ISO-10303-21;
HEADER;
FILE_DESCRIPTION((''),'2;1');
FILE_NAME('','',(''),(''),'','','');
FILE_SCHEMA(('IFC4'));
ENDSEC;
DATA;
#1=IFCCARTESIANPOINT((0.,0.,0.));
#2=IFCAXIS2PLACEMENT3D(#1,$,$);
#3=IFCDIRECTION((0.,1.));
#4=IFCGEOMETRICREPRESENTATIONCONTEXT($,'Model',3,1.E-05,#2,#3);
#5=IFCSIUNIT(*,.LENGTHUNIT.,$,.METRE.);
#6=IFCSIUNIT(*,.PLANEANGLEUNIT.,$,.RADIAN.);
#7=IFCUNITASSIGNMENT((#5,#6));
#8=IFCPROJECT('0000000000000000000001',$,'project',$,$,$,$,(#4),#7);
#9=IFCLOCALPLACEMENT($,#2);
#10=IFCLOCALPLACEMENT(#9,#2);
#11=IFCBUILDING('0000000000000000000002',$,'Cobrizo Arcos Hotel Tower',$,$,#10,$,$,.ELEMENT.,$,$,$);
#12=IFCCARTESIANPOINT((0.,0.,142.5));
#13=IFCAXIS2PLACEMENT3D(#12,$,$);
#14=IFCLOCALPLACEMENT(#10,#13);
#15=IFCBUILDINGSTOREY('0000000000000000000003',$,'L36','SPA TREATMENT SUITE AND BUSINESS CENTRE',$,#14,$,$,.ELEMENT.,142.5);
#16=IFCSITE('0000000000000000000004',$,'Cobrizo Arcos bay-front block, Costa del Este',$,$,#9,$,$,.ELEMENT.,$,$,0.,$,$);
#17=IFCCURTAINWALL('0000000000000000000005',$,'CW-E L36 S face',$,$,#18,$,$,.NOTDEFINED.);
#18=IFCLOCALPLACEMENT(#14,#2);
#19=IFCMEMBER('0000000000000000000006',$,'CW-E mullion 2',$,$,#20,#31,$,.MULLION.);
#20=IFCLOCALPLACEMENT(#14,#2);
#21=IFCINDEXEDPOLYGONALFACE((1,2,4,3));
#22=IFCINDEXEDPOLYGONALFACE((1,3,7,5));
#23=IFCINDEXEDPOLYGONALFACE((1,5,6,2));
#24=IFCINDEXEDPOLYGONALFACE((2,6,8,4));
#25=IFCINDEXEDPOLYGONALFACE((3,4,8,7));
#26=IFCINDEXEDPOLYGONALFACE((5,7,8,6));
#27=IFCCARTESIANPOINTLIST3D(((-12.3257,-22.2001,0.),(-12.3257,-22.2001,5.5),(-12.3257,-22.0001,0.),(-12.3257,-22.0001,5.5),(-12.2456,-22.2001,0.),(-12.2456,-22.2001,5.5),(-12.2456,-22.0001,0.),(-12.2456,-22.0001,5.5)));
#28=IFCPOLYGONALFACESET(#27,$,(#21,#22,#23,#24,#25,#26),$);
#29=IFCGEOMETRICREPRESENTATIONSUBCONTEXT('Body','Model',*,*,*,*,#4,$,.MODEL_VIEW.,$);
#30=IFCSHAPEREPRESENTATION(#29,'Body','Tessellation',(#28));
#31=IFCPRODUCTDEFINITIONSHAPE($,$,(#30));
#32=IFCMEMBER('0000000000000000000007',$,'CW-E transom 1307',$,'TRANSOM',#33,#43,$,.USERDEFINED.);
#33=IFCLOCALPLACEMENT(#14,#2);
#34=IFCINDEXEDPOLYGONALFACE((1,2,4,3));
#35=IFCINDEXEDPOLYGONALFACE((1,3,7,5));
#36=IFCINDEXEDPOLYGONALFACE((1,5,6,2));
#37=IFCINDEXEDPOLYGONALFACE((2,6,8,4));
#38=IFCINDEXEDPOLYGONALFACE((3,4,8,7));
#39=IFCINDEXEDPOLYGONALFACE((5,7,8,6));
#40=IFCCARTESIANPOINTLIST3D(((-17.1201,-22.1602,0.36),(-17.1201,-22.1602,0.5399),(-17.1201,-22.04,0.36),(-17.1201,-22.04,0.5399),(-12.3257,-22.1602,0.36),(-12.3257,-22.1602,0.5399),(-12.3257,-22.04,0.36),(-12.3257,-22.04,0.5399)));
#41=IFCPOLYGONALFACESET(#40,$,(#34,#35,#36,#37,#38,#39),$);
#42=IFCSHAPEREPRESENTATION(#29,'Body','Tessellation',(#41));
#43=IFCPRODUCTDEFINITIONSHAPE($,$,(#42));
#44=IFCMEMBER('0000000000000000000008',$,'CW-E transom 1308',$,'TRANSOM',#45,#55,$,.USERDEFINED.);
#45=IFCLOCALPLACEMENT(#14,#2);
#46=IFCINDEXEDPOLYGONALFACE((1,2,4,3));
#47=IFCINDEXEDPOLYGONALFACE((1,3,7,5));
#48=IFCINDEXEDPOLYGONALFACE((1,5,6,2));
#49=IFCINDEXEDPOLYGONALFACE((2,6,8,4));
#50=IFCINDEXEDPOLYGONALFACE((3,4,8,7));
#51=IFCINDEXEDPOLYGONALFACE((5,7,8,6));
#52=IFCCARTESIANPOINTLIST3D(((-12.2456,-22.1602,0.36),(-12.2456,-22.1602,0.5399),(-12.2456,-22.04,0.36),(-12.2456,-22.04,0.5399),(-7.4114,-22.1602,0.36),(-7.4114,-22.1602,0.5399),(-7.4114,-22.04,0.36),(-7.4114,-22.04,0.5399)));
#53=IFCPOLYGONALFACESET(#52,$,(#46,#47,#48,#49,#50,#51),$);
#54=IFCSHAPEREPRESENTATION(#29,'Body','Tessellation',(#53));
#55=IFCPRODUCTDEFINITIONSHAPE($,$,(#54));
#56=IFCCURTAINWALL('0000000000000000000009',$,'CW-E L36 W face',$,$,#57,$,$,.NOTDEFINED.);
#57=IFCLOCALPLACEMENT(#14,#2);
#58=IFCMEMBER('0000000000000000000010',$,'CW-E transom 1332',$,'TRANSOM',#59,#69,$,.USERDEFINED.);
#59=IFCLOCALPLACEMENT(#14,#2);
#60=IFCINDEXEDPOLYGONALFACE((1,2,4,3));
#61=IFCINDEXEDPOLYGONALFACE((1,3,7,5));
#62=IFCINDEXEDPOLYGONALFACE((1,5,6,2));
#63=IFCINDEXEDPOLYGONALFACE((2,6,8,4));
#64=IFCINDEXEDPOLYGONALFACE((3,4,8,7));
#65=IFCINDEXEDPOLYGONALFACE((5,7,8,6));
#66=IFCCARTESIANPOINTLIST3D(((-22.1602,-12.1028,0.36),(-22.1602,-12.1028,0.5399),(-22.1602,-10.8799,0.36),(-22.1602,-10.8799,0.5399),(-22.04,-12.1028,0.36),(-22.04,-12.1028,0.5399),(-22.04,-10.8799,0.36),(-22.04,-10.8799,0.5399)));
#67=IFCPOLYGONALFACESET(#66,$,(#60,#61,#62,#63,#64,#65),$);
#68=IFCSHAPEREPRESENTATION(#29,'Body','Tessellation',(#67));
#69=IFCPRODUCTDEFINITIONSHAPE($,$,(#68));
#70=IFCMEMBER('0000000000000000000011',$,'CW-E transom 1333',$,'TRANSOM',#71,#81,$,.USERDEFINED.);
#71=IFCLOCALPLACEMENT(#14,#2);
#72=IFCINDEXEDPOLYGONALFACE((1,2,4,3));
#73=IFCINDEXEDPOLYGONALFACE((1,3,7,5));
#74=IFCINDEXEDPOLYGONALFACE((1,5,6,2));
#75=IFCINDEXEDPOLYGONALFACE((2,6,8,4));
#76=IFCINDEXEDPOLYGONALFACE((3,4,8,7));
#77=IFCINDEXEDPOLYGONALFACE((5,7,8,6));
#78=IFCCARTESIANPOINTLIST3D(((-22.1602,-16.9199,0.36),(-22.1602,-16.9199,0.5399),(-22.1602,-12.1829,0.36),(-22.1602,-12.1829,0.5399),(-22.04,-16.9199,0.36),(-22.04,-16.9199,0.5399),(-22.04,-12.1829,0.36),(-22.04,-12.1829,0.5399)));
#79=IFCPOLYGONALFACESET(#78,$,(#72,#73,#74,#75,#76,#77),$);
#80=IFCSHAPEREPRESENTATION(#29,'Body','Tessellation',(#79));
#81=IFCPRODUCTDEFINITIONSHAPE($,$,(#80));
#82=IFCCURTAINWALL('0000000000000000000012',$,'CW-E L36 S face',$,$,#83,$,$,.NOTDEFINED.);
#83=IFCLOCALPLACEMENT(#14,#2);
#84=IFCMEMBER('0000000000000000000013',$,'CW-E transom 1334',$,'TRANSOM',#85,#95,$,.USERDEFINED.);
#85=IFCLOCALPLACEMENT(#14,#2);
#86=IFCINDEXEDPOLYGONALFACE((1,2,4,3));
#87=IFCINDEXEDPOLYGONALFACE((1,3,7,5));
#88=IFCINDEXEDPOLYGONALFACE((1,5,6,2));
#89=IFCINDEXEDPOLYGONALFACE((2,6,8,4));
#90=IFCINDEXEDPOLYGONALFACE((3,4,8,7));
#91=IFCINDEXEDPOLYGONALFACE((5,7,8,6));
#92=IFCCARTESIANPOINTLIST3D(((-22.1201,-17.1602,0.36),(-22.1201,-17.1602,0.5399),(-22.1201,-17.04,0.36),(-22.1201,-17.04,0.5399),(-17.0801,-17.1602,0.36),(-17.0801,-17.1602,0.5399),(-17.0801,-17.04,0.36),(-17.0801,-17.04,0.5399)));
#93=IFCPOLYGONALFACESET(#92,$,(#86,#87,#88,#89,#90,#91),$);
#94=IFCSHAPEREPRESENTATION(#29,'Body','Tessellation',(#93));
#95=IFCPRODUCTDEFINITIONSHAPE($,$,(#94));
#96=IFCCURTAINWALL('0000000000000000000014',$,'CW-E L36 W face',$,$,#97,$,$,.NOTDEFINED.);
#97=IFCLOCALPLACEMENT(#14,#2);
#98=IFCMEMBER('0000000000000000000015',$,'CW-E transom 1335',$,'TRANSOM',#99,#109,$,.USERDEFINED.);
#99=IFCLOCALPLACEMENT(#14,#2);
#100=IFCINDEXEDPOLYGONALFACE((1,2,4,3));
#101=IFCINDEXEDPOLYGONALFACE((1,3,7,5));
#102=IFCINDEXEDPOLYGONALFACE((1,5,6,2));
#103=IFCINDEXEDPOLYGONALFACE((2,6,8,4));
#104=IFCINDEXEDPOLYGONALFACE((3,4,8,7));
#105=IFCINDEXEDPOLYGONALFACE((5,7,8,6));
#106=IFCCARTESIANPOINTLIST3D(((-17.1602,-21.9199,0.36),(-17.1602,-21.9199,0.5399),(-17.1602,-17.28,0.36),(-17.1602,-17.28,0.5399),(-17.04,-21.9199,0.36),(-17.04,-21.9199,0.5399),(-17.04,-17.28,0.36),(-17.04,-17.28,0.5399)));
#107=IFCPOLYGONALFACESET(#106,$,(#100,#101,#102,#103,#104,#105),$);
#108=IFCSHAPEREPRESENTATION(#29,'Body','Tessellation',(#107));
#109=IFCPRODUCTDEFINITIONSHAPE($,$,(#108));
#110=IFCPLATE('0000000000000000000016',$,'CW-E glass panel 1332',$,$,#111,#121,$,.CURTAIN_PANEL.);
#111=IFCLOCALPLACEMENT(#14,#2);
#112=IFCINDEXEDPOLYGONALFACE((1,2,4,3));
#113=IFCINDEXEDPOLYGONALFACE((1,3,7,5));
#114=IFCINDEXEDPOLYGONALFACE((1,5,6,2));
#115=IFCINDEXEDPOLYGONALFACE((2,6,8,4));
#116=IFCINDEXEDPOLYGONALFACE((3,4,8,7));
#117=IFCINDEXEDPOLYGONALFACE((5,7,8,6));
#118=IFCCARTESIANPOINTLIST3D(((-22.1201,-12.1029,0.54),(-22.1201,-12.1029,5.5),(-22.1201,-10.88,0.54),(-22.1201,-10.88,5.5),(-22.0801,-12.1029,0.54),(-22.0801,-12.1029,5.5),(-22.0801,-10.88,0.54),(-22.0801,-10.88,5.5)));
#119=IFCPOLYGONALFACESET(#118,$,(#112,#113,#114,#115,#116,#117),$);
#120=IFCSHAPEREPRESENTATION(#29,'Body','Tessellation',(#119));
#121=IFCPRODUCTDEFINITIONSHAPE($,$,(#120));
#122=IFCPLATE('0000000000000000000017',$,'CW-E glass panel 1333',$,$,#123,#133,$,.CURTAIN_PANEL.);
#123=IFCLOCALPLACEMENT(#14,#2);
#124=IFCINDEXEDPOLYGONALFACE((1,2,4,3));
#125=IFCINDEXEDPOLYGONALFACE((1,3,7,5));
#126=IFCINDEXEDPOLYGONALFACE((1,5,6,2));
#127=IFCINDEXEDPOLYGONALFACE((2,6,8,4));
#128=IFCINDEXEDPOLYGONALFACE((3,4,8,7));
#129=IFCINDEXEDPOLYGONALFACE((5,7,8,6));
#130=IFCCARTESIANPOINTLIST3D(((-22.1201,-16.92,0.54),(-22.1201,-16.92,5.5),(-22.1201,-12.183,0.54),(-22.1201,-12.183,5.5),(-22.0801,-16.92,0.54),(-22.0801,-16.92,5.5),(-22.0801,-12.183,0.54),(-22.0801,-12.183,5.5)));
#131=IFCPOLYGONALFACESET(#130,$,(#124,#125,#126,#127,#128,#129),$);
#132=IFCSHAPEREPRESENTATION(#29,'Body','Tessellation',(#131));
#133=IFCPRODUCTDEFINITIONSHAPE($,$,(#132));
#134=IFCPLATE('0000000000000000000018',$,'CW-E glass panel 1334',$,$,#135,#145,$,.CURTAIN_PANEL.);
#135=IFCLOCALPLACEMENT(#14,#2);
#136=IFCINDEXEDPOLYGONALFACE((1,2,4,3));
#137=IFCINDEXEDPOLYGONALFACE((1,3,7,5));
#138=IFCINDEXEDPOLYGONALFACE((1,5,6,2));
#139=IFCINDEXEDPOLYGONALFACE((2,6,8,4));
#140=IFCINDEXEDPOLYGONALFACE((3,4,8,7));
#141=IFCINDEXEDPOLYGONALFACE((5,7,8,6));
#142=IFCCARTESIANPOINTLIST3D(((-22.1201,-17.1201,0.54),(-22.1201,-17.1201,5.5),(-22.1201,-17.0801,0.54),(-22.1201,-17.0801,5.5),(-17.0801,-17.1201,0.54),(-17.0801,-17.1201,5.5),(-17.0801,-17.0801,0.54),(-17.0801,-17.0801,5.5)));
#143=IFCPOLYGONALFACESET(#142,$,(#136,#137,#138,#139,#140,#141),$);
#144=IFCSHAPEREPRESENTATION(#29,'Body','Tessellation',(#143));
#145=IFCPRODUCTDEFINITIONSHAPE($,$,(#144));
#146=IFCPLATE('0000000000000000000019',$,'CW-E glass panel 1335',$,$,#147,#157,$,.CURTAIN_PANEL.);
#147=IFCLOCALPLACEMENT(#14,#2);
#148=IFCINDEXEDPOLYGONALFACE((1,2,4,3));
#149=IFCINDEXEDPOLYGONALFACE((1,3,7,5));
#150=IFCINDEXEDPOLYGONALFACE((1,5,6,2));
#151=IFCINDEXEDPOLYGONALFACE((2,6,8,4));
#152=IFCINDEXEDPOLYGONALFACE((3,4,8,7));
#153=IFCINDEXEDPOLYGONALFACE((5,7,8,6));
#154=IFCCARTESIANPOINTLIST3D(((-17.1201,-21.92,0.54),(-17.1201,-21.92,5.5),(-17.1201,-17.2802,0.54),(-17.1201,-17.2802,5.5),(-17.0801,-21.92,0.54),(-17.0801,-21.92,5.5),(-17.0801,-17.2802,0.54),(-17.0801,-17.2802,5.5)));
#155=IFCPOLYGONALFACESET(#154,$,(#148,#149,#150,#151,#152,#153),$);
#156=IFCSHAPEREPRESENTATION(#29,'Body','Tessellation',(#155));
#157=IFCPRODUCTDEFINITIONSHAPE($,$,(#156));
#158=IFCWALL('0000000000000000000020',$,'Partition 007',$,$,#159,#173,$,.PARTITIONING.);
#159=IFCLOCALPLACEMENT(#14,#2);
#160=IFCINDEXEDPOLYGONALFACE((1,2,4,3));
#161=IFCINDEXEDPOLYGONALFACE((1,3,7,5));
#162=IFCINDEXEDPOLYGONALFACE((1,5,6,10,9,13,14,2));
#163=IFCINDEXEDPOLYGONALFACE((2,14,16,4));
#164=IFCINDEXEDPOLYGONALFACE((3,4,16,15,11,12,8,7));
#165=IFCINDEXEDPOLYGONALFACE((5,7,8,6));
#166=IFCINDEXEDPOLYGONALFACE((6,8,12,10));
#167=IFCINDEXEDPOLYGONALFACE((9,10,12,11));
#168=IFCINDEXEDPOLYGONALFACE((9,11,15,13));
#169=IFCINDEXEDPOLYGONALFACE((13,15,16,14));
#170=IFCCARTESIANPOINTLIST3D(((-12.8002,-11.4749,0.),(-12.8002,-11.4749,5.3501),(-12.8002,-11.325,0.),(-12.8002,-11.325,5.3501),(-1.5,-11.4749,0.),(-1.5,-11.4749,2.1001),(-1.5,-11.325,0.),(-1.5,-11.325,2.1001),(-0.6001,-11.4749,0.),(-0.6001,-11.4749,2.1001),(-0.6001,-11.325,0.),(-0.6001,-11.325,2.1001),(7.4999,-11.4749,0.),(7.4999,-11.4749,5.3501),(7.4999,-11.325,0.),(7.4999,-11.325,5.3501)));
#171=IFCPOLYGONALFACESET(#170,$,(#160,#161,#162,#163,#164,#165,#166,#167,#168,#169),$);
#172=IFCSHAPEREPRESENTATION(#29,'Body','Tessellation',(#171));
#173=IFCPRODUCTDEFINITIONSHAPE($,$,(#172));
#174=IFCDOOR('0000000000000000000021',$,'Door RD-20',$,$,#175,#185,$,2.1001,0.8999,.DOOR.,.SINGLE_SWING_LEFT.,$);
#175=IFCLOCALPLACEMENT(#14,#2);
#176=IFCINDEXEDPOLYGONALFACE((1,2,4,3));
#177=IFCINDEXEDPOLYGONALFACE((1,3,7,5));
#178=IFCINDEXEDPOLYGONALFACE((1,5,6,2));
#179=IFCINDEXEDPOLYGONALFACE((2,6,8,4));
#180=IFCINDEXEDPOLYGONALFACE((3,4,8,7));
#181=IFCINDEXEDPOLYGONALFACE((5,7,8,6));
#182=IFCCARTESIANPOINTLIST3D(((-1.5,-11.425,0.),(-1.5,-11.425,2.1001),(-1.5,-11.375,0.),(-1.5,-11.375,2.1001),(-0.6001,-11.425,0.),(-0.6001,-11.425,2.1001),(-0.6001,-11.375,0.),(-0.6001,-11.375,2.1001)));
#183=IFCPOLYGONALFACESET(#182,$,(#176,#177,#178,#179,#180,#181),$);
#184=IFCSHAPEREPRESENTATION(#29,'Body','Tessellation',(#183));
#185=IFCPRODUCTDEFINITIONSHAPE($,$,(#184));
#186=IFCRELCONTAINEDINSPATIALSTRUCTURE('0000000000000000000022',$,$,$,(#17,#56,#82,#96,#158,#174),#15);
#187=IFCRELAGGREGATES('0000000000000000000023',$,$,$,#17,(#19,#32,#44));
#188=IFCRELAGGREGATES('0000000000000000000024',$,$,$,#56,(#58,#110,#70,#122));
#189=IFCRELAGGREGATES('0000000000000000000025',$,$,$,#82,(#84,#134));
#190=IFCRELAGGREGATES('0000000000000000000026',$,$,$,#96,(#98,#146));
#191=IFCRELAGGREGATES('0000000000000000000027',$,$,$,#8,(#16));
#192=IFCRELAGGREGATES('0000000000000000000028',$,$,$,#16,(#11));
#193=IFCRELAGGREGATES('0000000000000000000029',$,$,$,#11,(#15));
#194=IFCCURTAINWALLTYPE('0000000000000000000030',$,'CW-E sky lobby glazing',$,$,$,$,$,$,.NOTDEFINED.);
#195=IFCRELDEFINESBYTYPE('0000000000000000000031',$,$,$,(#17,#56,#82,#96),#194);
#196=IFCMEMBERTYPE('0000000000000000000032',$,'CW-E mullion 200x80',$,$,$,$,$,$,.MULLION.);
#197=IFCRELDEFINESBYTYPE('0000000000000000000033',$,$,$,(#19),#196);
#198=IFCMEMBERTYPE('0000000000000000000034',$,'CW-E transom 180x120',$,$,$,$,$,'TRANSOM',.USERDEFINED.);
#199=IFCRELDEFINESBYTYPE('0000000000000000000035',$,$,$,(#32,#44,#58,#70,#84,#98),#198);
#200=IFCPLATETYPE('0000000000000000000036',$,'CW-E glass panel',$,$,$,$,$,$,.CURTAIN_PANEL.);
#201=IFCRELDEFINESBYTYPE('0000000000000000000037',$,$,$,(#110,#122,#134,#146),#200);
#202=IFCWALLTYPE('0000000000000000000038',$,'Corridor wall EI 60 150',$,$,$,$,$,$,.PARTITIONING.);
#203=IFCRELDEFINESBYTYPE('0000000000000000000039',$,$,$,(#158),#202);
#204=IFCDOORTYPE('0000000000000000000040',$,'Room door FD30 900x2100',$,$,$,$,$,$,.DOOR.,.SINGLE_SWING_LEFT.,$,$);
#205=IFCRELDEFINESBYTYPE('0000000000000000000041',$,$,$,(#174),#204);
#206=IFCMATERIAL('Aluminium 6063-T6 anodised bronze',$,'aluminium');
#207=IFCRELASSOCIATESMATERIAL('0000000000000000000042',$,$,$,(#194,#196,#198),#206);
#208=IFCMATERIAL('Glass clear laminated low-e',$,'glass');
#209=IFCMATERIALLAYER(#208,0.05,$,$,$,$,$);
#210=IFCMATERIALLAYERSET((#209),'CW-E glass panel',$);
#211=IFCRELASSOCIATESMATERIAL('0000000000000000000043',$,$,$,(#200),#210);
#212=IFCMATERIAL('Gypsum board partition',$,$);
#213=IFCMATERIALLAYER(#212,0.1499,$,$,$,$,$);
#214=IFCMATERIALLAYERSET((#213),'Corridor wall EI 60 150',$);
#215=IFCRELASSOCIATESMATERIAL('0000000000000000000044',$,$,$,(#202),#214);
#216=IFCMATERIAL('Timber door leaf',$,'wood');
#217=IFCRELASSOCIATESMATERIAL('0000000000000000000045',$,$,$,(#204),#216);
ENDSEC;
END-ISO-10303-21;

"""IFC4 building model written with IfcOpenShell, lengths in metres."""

from ifc_helpers import new_model, si_unit, direction, frame, frame_2d, origin, origin_2d, place, context, subcontext, project, spatial, rectangle, extrude, material, layer, layer_set, material_profile, profile_set, type_object, element, fill, aggregate, save


model = new_model("IFC4")

# Units and contexts
model_context = context("Model", 3, precision=1e-05, world=origin(), true_north=direction((0.0, 1.0)))
body_context = subcontext(model_context, "Body", "Model", "MODEL_VIEW")
ifc_project = project(units=[si_unit("LENGTHUNIT", "METRE"), si_unit("PLANEANGLEUNIT", "RADIAN")], contexts=[model_context])

# Site, building, storey
site_placement = place(None, origin())
site = spatial("IfcSite", under=ifc_project, at=site_placement, Name="Cobrizo Arcos bay-front block, Costa del Este", CompositionType="ELEMENT", RefElevation=0.0)
building_placement = place(site_placement, origin())
building = spatial("IfcBuilding", under=site, at=building_placement, Name="Cobrizo Arcos Hotel Tower", CompositionType="ELEMENT")
storey_placement = place(building_placement, frame((0.0, 0.0, 142.5)))
storey = spatial("IfcBuildingStorey", under=building, at=storey_placement, Name="L36", Description="SPA TREATMENT SUITE AND BUSINESS CENTRE", CompositionType="ELEMENT", Elevation=142.5)

# Curtain walls, members
ifc_material_1 = material(Name="Aluminium 6063-T6 anodised bronze", Category="aluminium")
curtain_wall_type = type_object("IfcCurtainWallType", Name="CW-E sky lobby glazing", PredefinedType="NOTDEFINED", material=ifc_material_1)
curtain_wall_1_placement = place(storey_placement, origin())
curtain_wall_1 = element("IfcCurtainWall", 1, at=curtain_wall_1_placement, inside=storey, type_object=curtain_wall_type, Name="CW-E L36 S face", PredefinedType="NOTDEFINED")
ifc_material_profile_1 = material_profile(ifc_material_1, rectangle(XDim=0.2, YDim=0.0801, at=origin_2d()), Name="CW-E mullion 200x80")
ifc_profile_set_1 = profile_set([ifc_material_profile_1], Name="Aluminium 6063-T6 anodised bronze")
member_type_1 = type_object("IfcMemberType", Name="CW-E mullion 200x80", PredefinedType="MULLION", material=ifc_profile_set_1)
member_1_placement = place(storey_placement, frame((-12.2856, -22.1001, 0.0), z_axis=(0.0, 0.0, 1.0), x_axis=(0.0, -1.0, 0.0)))
member_1 = element("IfcMember", 2, at=member_1_placement, type_object=member_type_1, Name="CW-E mullion 2", PredefinedType="MULLION", context=body_context, shape_type="SweptSolid", body=[
    extrude(rectangle(XDim=0.2, YDim=0.0801, at=origin_2d()), origin(), (0.0, 0.0, 1.0), 5.5),
])
ifc_material_profile_2 = material_profile(ifc_material_1, rectangle(XDim=0.1201, YDim=0.1799, at=origin_2d()), Name="CW-E transom 180x120")
ifc_profile_set_2 = profile_set([ifc_material_profile_2], Name="Aluminium 6063-T6 anodised bronze")
member_type_2 = type_object("IfcMemberType", Name="CW-E transom 180x120", ElementType="TRANSOM", PredefinedType="USERDEFINED", material=ifc_profile_set_2)
member_2_placement = place(storey_placement, frame((-17.1201, -22.1001, 0.45), z_axis=(1.0, 0.0, 0.0), x_axis=(0.0, 1.0, 0.0)))
member_2 = element("IfcMember", 3, at=member_2_placement, type_object=member_type_2, Name="CW-E transom 1307", ObjectType="TRANSOM", PredefinedType="USERDEFINED", context=body_context, shape_type="SweptSolid", body=[
    extrude(rectangle(XDim=0.1201, YDim=0.1799, at=origin_2d()), origin(), (0.0, 0.0, 1.0), 4.7944),
])
member_3_placement = place(storey_placement, frame((-12.2456, -22.1001, 0.45), z_axis=(1.0, 0.0, 0.0), x_axis=(0.0, 1.0, 0.0)))
member_3 = element("IfcMember", 4, at=member_3_placement, type_object=member_type_2, Name="CW-E transom 1308", ObjectType="TRANSOM", PredefinedType="USERDEFINED", context=body_context, shape_type="SweptSolid", body=[
    extrude(rectangle(XDim=0.1201, YDim=0.1799, at=origin_2d()), origin(), (0.0, 0.0, 1.0), 4.8342),
])
aggregate(curtain_wall_1, [member_1, member_2, member_3])
curtain_wall_2_placement = place(storey_placement, origin())
curtain_wall_2 = element("IfcCurtainWall", 5, at=curtain_wall_2_placement, inside=storey, type_object=curtain_wall_type, Name="CW-E L36 W face", PredefinedType="NOTDEFINED")
member_4_placement = place(storey_placement, frame((-22.1001, -10.8799, 0.45), z_axis=(0.0, -1.0, 0.0), x_axis=(1.0, 0.0, 0.0)))
member_4 = element("IfcMember", 6, at=member_4_placement, type_object=member_type_2, Name="CW-E transom 1332", ObjectType="TRANSOM", PredefinedType="USERDEFINED", context=body_context, shape_type="SweptSolid", body=[
    extrude(rectangle(XDim=0.1201, YDim=0.1799, at=origin_2d()), origin(), (0.0, 0.0, 1.0), 1.2229),
])
member_5_placement = place(storey_placement, frame((-22.1001, -12.1829, 0.45), z_axis=(0.0, -1.0, 0.0), x_axis=(1.0, 0.0, 0.0)))
member_5 = element("IfcMember", 7, at=member_5_placement, type_object=member_type_2, Name="CW-E transom 1333", ObjectType="TRANSOM", PredefinedType="USERDEFINED", context=body_context, shape_type="SweptSolid", body=[
    extrude(rectangle(XDim=0.1201, YDim=0.1799, at=origin_2d()), origin(), (0.0, 0.0, 1.0), 4.7371),
])

# Curtain walls, members
curtain_wall_3_placement = place(storey_placement, origin())
curtain_wall_3 = element("IfcCurtainWall", 8, at=curtain_wall_3_placement, inside=storey, type_object=curtain_wall_type, Name="CW-E L36 S face", PredefinedType="NOTDEFINED")
member_6_placement = place(storey_placement, frame((-22.1201, -17.1001, 0.45), z_axis=(1.0, 0.0, 0.0), x_axis=(0.0, 1.0, 0.0)))
member_6 = element("IfcMember", 9, at=member_6_placement, type_object=member_type_2, Name="CW-E transom 1334", ObjectType="TRANSOM", PredefinedType="USERDEFINED", context=body_context, shape_type="SweptSolid", body=[
    extrude(rectangle(XDim=0.1201, YDim=0.1799, at=origin_2d()), origin(), (0.0, 0.0, 1.0), 5.04),
])
curtain_wall_4_placement = place(storey_placement, origin())
curtain_wall_4 = element("IfcCurtainWall", 10, at=curtain_wall_4_placement, inside=storey, type_object=curtain_wall_type, Name="CW-E L36 W face", PredefinedType="NOTDEFINED")
member_7_placement = place(storey_placement, frame((-17.1001, -17.28, 0.45), z_axis=(0.0, -1.0, 0.0), x_axis=(1.0, 0.0, 0.0)))
member_7 = element("IfcMember", 11, at=member_7_placement, type_object=member_type_2, Name="CW-E transom 1335", ObjectType="TRANSOM", PredefinedType="USERDEFINED", context=body_context, shape_type="SweptSolid", body=[
    extrude(rectangle(XDim=0.1201, YDim=0.1799, at=origin_2d()), origin(), (0.0, 0.0, 1.0), 4.6399),
])

# Plates
ifc_material_2 = material(Name="Glass clear laminated low-e", Category="glass")
ifc_layer_1 = layer(ifc_material_2, 0.05)
ifc_layer_set_1 = layer_set([ifc_layer_1], Name="CW-E glass panel")
plate_type = type_object("IfcPlateType", Name="CW-E glass panel", PredefinedType="CURTAIN_PANEL", material=ifc_layer_set_1)
plate_1_placement = place(storey_placement, frame((-22.1001, -11.4915, 0.54), z_axis=(0.0, 0.0, 1.0), x_axis=(0.0, -1.0, 0.0)))
plate_1 = element("IfcPlate", 12, at=plate_1_placement, type_object=plate_type, Name="CW-E glass panel 1332", PredefinedType="CURTAIN_PANEL", context=body_context, shape_type="SweptSolid", body=[
    extrude(rectangle(XDim=1.2229, YDim=0.04, at=origin_2d()), origin(), (0.0, 0.0, 1.0), 4.96),
])
plate_2_placement = place(storey_placement, frame((-22.1001, -14.5515, 0.54), z_axis=(0.0, 0.0, 1.0), x_axis=(0.0, -1.0, 0.0)))
plate_2 = element("IfcPlate", 13, at=plate_2_placement, type_object=plate_type, Name="CW-E glass panel 1333", PredefinedType="CURTAIN_PANEL", context=body_context, shape_type="SweptSolid", body=[
    extrude(rectangle(XDim=4.7371, YDim=0.04, at=origin_2d()), origin(), (0.0, 0.0, 1.0), 4.96),
])
aggregate(curtain_wall_2, [member_4, plate_1, member_5, plate_2])
plate_3_placement = place(storey_placement, frame((-19.6001, -17.1001, 0.54), z_axis=(0.0, 0.0, 1.0), x_axis=(1.0, 0.0, 0.0)))
plate_3 = element("IfcPlate", 14, at=plate_3_placement, type_object=plate_type, Name="CW-E glass panel 1334", PredefinedType="CURTAIN_PANEL", context=body_context, shape_type="SweptSolid", body=[
    extrude(rectangle(XDim=5.04, YDim=0.04, at=origin_2d()), origin(), (0.0, 0.0, 1.0), 4.96),
])
aggregate(curtain_wall_3, [member_6, plate_3])
plate_4_placement = place(storey_placement, frame((-17.1001, -19.6001, 0.54), z_axis=(0.0, 0.0, 1.0), x_axis=(0.0, -1.0, 0.0)))
plate_4 = element("IfcPlate", 15, at=plate_4_placement, type_object=plate_type, Name="CW-E glass panel 1335", PredefinedType="CURTAIN_PANEL", context=body_context, shape_type="SweptSolid", body=[
    extrude(rectangle(XDim=4.6399, YDim=0.04, at=origin_2d()), origin(), (0.0, 0.0, 1.0), 4.96),
])
aggregate(curtain_wall_4, [member_7, plate_4])

# Wall, opening, door
ifc_material_3 = material(Name="Gypsum board partition")
ifc_layer_2 = layer(ifc_material_3, 0.1499)
ifc_layer_set_2 = layer_set([ifc_layer_2], Name="Corridor wall EI 60 150")
wall_type_1 = type_object("IfcWallType", Name="Corridor wall EI 60 150", PredefinedType="PARTITIONING", material=ifc_layer_set_2)
wall_1_placement = place(storey_placement, frame((-12.8, -11.3999, 0.0), z_axis=(0.0, 0.0, 1.0), x_axis=(1.0, 0.0, 0.0)))
wall_1 = element("IfcWall", 16, at=wall_1_placement, inside=storey, type_object=wall_type_1, Name="Partition 007", PredefinedType="PARTITIONING", context=body_context, shape_type="SweptSolid", body=[
    extrude(rectangle(XDim=20.3, YDim=0.1499, at=frame_2d((10.1499, 0.0))), origin(), (0.0, 0.0, 1.0), 5.3501),
])
opening_1_placement = place(wall_1_placement, frame((11.3, 0.0, 0.0)))
opening_1 = element("IfcOpeningElement", 17, at=opening_1_placement, cuts=wall_1, PredefinedType="OPENING", context=body_context, shape_type="SweptSolid", body=[
    extrude(rectangle(XDim=0.8999, YDim=2.1001, at=frame_2d((0.45, 1.05))), frame((0.0, 0.0869, 0.0), z_axis=(0.0, -1.0, 0.0), x_axis=(1.0, 0.0, 0.0)), (0.0, 0.0, 1.0), 0.1738),
])
ifc_material_4 = material(Name="Timber door leaf", Category="wood")
door_type = type_object("IfcDoorType", Name="Room door FD30 900x2100", OperationType="SINGLE_SWING_LEFT", PredefinedType="DOOR", material=ifc_material_4)
door_1_placement = place(opening_1_placement, origin())
door_1 = element("IfcDoor", 18, at=door_1_placement, inside=storey, type_object=door_type, Name="Door RD-20", OperationType="SINGLE_SWING_LEFT", OverallHeight=2.1001, OverallWidth=0.8999, PredefinedType="DOOR", context=body_context, shape_type="SweptSolid", body=[
    extrude(rectangle(XDim=0.8999, YDim=2.1001, at=frame_2d((0.45, 1.05))), frame((0.0, 0.0249, 0.0), z_axis=(0.0, -1.0, 0.0), x_axis=(1.0, 0.0, 0.0)), (0.0, 0.0, 1.0), 0.05),
])
fill(opening_1, door_1)

save(model, "model.ifc")
